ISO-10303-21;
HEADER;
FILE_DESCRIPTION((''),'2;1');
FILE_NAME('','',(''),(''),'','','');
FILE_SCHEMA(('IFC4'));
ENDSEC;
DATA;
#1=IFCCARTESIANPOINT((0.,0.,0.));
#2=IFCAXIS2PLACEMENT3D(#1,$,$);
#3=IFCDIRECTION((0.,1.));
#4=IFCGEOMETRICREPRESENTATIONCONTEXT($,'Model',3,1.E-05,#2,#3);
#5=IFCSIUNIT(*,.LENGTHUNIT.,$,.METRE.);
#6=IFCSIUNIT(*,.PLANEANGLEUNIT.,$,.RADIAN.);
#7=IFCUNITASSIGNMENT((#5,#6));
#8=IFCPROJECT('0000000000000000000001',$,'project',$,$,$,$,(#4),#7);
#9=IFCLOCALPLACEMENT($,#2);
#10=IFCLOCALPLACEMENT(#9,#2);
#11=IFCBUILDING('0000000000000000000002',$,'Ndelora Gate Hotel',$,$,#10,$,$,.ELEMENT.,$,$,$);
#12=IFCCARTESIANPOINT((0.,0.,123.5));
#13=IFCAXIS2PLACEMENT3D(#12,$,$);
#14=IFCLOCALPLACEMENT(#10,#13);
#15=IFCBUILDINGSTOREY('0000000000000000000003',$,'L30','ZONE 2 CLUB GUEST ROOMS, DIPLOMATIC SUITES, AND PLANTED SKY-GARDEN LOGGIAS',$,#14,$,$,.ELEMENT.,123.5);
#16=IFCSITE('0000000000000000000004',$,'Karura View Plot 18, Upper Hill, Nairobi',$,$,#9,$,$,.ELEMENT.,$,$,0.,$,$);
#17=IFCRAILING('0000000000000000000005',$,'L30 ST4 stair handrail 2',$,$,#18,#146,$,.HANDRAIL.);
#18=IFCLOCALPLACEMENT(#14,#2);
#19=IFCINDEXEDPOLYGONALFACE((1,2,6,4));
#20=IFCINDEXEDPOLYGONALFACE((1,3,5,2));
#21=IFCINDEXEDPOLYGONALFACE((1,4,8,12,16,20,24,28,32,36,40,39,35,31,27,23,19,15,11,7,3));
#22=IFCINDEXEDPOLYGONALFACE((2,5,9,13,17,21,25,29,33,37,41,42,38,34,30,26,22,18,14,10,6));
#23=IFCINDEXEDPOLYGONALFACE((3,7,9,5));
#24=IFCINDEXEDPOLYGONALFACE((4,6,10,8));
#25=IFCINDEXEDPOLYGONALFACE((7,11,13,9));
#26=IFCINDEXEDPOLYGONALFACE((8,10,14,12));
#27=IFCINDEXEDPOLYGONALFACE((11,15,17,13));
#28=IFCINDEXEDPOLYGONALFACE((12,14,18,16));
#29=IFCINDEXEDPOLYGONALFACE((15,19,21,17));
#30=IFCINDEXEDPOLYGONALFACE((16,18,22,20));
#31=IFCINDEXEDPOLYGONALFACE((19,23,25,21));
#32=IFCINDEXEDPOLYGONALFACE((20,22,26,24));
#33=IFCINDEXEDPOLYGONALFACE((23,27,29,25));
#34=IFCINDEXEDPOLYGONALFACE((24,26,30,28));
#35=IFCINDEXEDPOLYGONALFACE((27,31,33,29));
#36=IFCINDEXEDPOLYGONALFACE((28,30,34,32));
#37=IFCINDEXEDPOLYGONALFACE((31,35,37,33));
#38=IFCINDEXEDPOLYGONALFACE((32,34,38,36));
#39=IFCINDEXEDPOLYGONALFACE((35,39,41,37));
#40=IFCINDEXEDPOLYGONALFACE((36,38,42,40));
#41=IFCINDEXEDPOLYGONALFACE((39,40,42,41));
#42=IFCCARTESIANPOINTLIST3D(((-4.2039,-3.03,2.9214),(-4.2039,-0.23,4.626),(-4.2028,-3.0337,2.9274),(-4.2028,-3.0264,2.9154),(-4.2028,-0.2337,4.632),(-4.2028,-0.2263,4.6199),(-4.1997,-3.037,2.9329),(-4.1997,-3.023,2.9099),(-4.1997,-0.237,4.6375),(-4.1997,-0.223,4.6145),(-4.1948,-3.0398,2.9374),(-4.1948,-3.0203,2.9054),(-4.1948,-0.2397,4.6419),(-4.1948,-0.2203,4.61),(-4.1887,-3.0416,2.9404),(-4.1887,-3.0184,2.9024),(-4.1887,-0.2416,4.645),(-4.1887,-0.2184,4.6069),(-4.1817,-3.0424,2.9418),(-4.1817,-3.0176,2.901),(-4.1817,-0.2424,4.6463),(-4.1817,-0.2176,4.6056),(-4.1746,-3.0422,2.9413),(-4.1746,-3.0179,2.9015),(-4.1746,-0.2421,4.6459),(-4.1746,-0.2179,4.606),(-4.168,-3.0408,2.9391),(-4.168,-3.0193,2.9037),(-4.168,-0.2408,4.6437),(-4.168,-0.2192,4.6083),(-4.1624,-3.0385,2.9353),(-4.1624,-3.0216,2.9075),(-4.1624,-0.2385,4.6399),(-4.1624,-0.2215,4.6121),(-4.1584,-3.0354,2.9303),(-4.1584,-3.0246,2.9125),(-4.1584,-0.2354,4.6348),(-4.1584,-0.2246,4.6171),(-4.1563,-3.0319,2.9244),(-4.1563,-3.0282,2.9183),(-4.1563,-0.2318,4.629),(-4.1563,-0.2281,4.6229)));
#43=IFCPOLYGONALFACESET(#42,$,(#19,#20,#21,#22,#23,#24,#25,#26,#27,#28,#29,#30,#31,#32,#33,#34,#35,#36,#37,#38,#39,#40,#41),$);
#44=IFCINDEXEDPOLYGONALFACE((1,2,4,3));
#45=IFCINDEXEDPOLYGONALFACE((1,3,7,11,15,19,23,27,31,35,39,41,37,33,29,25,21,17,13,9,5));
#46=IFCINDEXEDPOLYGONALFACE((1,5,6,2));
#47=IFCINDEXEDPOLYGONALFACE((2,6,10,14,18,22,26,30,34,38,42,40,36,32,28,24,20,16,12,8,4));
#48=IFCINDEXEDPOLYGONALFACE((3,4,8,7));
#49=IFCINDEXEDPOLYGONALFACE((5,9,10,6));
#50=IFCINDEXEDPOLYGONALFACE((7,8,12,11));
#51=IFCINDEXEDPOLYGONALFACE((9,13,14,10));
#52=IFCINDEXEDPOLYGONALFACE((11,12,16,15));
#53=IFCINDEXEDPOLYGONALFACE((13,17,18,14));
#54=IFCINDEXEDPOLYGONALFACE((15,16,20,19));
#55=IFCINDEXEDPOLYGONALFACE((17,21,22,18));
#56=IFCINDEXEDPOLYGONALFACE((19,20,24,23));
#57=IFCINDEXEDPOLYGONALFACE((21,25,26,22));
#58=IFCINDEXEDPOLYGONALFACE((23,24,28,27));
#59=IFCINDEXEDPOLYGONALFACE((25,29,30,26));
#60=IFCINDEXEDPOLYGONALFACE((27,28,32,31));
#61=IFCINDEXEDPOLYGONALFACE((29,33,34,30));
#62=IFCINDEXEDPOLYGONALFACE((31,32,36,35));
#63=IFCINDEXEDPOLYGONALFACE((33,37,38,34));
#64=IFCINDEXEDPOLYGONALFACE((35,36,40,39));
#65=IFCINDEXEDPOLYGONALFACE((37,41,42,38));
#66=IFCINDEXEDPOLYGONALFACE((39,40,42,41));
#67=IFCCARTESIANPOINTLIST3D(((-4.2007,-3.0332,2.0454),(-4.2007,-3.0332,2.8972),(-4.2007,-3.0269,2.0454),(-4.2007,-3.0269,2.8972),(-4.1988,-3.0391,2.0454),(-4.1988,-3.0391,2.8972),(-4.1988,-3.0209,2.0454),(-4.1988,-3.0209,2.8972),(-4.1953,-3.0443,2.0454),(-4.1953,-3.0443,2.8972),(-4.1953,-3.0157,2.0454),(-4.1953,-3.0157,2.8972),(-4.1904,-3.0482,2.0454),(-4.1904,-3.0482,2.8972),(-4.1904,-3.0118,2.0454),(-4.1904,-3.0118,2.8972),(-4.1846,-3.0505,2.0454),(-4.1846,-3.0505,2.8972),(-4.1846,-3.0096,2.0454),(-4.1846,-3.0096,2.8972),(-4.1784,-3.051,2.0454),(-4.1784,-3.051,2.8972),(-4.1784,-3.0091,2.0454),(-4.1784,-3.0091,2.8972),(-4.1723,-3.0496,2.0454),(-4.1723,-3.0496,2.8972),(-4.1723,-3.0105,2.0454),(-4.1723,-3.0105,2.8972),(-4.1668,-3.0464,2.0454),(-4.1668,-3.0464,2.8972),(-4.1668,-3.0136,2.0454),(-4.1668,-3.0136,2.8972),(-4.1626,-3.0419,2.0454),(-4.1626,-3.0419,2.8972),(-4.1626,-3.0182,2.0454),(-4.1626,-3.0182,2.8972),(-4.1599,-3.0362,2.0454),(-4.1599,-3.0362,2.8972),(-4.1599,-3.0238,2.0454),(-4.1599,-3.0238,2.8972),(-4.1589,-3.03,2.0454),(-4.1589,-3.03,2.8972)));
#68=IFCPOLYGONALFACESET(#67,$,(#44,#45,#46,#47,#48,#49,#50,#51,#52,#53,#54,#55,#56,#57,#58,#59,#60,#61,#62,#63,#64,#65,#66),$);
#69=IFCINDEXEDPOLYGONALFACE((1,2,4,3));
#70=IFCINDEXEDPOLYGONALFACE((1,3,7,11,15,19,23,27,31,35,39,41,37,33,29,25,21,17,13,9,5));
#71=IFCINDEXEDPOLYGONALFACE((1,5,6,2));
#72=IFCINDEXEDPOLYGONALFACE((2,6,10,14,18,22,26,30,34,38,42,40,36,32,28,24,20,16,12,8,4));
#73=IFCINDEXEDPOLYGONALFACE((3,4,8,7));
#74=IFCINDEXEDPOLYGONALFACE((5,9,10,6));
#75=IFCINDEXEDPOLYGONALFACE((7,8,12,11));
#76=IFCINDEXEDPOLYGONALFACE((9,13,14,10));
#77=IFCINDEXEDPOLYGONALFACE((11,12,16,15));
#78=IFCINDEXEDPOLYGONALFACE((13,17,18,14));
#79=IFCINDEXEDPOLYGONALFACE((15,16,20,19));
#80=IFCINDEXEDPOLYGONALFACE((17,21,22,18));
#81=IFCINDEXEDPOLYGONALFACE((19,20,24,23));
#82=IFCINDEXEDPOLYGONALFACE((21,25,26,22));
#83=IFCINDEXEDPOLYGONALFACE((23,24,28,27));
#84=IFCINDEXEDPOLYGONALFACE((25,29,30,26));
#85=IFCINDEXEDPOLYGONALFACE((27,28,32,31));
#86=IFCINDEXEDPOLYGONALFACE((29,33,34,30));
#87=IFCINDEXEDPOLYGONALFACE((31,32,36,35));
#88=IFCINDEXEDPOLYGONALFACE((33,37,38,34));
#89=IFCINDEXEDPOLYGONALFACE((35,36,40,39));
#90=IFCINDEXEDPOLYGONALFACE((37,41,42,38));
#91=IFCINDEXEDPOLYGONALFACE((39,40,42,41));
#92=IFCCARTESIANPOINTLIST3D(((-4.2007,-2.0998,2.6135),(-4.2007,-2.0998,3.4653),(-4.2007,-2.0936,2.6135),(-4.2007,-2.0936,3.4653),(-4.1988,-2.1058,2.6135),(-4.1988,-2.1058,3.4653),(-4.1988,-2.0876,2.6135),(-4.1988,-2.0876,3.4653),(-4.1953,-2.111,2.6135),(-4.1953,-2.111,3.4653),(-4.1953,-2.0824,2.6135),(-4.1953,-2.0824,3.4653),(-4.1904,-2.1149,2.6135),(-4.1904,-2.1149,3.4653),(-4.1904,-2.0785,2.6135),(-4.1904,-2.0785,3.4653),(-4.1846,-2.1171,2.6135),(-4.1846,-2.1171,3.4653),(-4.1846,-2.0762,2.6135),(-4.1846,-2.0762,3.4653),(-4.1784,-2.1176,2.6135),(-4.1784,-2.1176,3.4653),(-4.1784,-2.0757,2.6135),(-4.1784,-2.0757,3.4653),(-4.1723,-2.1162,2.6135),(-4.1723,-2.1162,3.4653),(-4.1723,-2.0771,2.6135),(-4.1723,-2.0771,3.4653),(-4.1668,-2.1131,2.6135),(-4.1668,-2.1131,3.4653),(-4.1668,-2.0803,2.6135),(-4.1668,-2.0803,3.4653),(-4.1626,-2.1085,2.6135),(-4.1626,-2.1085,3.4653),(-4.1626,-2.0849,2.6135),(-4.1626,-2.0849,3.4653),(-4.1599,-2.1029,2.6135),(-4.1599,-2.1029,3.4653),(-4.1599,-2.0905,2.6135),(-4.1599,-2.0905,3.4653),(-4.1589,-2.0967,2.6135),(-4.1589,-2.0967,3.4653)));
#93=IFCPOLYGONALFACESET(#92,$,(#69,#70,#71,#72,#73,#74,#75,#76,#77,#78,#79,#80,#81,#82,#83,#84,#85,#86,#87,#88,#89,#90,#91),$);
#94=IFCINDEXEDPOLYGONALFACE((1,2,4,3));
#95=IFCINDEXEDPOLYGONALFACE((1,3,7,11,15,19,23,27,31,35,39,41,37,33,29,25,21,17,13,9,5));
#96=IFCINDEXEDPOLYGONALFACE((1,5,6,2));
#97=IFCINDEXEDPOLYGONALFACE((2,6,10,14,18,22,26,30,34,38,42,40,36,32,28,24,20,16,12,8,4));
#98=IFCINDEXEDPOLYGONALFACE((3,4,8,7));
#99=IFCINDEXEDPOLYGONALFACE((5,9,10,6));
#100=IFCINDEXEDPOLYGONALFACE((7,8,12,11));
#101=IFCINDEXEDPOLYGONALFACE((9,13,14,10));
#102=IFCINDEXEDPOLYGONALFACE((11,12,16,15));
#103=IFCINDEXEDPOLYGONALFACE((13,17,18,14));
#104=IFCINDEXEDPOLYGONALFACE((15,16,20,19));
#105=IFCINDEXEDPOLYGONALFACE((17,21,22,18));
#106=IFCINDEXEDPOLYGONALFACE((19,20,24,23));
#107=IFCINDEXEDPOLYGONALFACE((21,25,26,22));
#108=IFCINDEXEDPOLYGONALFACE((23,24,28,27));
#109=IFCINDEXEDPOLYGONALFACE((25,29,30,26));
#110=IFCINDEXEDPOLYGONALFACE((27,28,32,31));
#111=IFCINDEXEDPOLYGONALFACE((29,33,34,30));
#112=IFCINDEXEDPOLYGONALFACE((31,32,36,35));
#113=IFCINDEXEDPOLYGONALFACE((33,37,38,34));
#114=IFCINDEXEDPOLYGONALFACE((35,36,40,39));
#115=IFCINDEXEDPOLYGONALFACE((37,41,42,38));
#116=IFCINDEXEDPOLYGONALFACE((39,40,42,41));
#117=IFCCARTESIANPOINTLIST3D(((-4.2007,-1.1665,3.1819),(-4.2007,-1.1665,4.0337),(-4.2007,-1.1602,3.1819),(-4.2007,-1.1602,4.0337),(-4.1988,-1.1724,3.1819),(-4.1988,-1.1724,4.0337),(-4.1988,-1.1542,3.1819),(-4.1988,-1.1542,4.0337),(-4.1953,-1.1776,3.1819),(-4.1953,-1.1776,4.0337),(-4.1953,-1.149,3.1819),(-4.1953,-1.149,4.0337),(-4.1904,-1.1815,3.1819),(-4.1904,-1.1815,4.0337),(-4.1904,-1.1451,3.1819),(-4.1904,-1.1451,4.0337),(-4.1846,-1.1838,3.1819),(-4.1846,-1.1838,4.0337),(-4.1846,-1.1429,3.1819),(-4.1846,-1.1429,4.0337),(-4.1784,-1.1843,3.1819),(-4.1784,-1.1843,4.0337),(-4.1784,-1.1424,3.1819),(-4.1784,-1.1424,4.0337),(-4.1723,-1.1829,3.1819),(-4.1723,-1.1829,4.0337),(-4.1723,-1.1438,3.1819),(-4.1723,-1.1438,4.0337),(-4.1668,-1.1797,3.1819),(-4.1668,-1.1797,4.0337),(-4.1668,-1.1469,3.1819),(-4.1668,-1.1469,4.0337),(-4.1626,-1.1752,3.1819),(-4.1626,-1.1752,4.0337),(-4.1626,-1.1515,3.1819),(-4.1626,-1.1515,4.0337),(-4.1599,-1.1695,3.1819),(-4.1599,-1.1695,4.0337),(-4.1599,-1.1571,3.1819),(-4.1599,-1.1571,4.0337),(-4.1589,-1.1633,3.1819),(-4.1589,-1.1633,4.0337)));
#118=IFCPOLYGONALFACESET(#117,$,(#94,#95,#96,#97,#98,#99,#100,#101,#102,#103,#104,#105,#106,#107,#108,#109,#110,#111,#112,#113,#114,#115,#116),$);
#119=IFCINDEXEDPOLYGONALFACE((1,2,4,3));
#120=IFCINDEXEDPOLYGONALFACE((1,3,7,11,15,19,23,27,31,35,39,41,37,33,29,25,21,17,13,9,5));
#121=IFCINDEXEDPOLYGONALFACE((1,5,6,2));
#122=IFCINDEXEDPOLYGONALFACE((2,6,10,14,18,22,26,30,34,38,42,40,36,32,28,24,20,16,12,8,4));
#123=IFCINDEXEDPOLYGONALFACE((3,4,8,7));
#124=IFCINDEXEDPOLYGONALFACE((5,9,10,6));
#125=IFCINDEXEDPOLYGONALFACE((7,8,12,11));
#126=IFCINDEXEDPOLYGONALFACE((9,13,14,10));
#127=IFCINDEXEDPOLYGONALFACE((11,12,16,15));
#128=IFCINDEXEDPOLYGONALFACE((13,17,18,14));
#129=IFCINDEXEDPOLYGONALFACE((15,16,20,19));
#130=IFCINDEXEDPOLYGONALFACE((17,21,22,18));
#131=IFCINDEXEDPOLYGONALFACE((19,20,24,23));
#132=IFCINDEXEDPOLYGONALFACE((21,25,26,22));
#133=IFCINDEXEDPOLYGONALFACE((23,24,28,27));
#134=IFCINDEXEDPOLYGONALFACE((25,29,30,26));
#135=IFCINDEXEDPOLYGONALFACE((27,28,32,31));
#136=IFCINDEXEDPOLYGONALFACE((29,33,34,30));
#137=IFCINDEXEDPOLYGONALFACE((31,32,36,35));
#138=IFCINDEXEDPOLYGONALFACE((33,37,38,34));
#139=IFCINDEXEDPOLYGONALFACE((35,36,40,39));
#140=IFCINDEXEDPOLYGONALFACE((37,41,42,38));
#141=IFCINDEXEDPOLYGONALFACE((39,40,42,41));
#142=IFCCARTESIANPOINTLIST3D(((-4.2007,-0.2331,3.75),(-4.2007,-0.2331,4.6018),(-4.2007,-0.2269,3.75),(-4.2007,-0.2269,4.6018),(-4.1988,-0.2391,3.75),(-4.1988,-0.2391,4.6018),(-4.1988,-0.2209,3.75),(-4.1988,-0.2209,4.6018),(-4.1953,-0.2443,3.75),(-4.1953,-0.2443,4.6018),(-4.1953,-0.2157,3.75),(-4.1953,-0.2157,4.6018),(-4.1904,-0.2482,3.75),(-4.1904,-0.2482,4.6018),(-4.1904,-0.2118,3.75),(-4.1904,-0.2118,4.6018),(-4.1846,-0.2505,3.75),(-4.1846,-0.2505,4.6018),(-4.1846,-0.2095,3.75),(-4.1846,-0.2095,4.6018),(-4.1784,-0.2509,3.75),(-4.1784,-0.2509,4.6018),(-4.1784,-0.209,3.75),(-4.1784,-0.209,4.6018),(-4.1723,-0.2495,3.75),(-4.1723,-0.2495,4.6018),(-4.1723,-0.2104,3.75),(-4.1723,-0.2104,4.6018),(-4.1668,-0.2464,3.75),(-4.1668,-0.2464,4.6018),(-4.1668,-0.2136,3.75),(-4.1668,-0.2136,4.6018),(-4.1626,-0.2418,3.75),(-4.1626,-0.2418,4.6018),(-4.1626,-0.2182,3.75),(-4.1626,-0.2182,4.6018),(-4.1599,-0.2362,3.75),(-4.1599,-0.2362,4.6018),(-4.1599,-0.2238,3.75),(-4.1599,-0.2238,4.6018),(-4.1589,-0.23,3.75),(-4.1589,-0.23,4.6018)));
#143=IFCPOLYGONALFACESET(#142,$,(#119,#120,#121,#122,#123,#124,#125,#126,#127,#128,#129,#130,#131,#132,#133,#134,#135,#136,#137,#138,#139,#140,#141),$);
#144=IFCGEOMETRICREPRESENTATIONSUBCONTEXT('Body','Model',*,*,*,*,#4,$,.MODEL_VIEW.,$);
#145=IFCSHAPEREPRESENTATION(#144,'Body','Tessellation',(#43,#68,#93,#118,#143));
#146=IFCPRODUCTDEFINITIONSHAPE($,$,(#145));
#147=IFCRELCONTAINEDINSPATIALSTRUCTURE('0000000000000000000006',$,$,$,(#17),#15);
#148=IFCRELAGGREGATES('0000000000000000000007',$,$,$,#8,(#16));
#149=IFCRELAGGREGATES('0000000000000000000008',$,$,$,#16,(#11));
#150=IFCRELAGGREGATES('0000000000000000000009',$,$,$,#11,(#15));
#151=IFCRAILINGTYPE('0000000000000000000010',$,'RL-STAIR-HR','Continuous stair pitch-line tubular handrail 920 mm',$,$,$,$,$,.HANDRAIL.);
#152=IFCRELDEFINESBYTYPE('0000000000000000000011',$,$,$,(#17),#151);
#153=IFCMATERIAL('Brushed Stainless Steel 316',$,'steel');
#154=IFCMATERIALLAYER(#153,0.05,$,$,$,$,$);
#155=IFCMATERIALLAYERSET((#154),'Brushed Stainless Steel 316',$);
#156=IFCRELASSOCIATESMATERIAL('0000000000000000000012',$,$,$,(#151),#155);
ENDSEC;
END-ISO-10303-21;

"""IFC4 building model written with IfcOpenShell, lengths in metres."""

from ifc_helpers import new_model, si_unit, direction, frame, origin, origin_2d, place, context, subcontext, project, spatial, circle, extrude, material, layer, layer_set, type_object, element, save


model = new_model("IFC4")

# Units and contexts
model_context = context("Model", 3, precision=1e-05, world=origin(), true_north=direction((0.0, 1.0)))
body_context = subcontext(model_context, "Body", "Model", "MODEL_VIEW")
ifc_project = project(units=[si_unit("LENGTHUNIT", "METRE"), si_unit("PLANEANGLEUNIT", "RADIAN")], contexts=[model_context])

# Site, building, storey
site_placement = place(None, origin())
site = spatial("IfcSite", under=ifc_project, at=site_placement, Name="Karura View Plot 18, Upper Hill, Nairobi", CompositionType="ELEMENT", RefElevation=0.0)
building_placement = place(site_placement, origin())
building = spatial("IfcBuilding", under=site, at=building_placement, Name="Ndelora Gate Hotel", CompositionType="ELEMENT")
storey_placement = place(building_placement, frame((0.0, 0.0, 123.5)))
storey = spatial("IfcBuildingStorey", under=building, at=storey_placement, Name="L30", Description="ZONE 2 CLUB GUEST ROOMS, DIPLOMATIC SUITES, AND PLANTED SKY-GARDEN LOGGIAS", CompositionType="ELEMENT", Elevation=123.5)

# Railing
ifc_material_1 = material(Name="Brushed Stainless Steel 316", Category="steel")
ifc_layer_1 = layer(ifc_material_1, 0.05)
ifc_layer_set_1 = layer_set([ifc_layer_1], Name="Brushed Stainless Steel 316")
railing_type_1 = type_object("IfcRailingType", Name="RL-STAIR-HR", Description="Continuous stair pitch-line tubular handrail 920 mm", PredefinedType="HANDRAIL", material=ifc_layer_set_1)
railing_1_placement = place(storey_placement, frame((-4.1799, -3.03, 2.0454)))
element("IfcRailing", 1, at=railing_1_placement, inside=storey, type_object=railing_type_1, Name="L30 ST4 stair handrail 2", PredefinedType="HANDRAIL", context=body_context, shape_type="SweptSolid", body=[
    extrude(circle(Radius=0.0239, at=origin_2d()), frame((0.0, 0.0, 0.876), z_axis=(0.0, 0.85417, 0.519994), x_axis=(-1.0, 0.0, 0.0)), (0.0, 0.0, 1.0), 3.2781),
    extrude(circle(Radius=0.021, at=origin_2d()), origin(), (0.0, 0.0, 1.0), 0.8518),
    extrude(circle(Radius=0.021, at=origin_2d()), frame((0.0, 0.9333, 0.5681)), (0.0, 0.0, 1.0), 0.8518),
    extrude(circle(Radius=0.021, at=origin_2d()), frame((0.0, 1.8667, 1.1365)), (0.0, 0.0, 1.0), 0.8518),
    extrude(circle(Radius=0.021, at=origin_2d()), frame((0.0, 2.8, 1.7046)), (0.0, 0.0, 1.0), 0.8518),
])

save(model, "model.ifc")
